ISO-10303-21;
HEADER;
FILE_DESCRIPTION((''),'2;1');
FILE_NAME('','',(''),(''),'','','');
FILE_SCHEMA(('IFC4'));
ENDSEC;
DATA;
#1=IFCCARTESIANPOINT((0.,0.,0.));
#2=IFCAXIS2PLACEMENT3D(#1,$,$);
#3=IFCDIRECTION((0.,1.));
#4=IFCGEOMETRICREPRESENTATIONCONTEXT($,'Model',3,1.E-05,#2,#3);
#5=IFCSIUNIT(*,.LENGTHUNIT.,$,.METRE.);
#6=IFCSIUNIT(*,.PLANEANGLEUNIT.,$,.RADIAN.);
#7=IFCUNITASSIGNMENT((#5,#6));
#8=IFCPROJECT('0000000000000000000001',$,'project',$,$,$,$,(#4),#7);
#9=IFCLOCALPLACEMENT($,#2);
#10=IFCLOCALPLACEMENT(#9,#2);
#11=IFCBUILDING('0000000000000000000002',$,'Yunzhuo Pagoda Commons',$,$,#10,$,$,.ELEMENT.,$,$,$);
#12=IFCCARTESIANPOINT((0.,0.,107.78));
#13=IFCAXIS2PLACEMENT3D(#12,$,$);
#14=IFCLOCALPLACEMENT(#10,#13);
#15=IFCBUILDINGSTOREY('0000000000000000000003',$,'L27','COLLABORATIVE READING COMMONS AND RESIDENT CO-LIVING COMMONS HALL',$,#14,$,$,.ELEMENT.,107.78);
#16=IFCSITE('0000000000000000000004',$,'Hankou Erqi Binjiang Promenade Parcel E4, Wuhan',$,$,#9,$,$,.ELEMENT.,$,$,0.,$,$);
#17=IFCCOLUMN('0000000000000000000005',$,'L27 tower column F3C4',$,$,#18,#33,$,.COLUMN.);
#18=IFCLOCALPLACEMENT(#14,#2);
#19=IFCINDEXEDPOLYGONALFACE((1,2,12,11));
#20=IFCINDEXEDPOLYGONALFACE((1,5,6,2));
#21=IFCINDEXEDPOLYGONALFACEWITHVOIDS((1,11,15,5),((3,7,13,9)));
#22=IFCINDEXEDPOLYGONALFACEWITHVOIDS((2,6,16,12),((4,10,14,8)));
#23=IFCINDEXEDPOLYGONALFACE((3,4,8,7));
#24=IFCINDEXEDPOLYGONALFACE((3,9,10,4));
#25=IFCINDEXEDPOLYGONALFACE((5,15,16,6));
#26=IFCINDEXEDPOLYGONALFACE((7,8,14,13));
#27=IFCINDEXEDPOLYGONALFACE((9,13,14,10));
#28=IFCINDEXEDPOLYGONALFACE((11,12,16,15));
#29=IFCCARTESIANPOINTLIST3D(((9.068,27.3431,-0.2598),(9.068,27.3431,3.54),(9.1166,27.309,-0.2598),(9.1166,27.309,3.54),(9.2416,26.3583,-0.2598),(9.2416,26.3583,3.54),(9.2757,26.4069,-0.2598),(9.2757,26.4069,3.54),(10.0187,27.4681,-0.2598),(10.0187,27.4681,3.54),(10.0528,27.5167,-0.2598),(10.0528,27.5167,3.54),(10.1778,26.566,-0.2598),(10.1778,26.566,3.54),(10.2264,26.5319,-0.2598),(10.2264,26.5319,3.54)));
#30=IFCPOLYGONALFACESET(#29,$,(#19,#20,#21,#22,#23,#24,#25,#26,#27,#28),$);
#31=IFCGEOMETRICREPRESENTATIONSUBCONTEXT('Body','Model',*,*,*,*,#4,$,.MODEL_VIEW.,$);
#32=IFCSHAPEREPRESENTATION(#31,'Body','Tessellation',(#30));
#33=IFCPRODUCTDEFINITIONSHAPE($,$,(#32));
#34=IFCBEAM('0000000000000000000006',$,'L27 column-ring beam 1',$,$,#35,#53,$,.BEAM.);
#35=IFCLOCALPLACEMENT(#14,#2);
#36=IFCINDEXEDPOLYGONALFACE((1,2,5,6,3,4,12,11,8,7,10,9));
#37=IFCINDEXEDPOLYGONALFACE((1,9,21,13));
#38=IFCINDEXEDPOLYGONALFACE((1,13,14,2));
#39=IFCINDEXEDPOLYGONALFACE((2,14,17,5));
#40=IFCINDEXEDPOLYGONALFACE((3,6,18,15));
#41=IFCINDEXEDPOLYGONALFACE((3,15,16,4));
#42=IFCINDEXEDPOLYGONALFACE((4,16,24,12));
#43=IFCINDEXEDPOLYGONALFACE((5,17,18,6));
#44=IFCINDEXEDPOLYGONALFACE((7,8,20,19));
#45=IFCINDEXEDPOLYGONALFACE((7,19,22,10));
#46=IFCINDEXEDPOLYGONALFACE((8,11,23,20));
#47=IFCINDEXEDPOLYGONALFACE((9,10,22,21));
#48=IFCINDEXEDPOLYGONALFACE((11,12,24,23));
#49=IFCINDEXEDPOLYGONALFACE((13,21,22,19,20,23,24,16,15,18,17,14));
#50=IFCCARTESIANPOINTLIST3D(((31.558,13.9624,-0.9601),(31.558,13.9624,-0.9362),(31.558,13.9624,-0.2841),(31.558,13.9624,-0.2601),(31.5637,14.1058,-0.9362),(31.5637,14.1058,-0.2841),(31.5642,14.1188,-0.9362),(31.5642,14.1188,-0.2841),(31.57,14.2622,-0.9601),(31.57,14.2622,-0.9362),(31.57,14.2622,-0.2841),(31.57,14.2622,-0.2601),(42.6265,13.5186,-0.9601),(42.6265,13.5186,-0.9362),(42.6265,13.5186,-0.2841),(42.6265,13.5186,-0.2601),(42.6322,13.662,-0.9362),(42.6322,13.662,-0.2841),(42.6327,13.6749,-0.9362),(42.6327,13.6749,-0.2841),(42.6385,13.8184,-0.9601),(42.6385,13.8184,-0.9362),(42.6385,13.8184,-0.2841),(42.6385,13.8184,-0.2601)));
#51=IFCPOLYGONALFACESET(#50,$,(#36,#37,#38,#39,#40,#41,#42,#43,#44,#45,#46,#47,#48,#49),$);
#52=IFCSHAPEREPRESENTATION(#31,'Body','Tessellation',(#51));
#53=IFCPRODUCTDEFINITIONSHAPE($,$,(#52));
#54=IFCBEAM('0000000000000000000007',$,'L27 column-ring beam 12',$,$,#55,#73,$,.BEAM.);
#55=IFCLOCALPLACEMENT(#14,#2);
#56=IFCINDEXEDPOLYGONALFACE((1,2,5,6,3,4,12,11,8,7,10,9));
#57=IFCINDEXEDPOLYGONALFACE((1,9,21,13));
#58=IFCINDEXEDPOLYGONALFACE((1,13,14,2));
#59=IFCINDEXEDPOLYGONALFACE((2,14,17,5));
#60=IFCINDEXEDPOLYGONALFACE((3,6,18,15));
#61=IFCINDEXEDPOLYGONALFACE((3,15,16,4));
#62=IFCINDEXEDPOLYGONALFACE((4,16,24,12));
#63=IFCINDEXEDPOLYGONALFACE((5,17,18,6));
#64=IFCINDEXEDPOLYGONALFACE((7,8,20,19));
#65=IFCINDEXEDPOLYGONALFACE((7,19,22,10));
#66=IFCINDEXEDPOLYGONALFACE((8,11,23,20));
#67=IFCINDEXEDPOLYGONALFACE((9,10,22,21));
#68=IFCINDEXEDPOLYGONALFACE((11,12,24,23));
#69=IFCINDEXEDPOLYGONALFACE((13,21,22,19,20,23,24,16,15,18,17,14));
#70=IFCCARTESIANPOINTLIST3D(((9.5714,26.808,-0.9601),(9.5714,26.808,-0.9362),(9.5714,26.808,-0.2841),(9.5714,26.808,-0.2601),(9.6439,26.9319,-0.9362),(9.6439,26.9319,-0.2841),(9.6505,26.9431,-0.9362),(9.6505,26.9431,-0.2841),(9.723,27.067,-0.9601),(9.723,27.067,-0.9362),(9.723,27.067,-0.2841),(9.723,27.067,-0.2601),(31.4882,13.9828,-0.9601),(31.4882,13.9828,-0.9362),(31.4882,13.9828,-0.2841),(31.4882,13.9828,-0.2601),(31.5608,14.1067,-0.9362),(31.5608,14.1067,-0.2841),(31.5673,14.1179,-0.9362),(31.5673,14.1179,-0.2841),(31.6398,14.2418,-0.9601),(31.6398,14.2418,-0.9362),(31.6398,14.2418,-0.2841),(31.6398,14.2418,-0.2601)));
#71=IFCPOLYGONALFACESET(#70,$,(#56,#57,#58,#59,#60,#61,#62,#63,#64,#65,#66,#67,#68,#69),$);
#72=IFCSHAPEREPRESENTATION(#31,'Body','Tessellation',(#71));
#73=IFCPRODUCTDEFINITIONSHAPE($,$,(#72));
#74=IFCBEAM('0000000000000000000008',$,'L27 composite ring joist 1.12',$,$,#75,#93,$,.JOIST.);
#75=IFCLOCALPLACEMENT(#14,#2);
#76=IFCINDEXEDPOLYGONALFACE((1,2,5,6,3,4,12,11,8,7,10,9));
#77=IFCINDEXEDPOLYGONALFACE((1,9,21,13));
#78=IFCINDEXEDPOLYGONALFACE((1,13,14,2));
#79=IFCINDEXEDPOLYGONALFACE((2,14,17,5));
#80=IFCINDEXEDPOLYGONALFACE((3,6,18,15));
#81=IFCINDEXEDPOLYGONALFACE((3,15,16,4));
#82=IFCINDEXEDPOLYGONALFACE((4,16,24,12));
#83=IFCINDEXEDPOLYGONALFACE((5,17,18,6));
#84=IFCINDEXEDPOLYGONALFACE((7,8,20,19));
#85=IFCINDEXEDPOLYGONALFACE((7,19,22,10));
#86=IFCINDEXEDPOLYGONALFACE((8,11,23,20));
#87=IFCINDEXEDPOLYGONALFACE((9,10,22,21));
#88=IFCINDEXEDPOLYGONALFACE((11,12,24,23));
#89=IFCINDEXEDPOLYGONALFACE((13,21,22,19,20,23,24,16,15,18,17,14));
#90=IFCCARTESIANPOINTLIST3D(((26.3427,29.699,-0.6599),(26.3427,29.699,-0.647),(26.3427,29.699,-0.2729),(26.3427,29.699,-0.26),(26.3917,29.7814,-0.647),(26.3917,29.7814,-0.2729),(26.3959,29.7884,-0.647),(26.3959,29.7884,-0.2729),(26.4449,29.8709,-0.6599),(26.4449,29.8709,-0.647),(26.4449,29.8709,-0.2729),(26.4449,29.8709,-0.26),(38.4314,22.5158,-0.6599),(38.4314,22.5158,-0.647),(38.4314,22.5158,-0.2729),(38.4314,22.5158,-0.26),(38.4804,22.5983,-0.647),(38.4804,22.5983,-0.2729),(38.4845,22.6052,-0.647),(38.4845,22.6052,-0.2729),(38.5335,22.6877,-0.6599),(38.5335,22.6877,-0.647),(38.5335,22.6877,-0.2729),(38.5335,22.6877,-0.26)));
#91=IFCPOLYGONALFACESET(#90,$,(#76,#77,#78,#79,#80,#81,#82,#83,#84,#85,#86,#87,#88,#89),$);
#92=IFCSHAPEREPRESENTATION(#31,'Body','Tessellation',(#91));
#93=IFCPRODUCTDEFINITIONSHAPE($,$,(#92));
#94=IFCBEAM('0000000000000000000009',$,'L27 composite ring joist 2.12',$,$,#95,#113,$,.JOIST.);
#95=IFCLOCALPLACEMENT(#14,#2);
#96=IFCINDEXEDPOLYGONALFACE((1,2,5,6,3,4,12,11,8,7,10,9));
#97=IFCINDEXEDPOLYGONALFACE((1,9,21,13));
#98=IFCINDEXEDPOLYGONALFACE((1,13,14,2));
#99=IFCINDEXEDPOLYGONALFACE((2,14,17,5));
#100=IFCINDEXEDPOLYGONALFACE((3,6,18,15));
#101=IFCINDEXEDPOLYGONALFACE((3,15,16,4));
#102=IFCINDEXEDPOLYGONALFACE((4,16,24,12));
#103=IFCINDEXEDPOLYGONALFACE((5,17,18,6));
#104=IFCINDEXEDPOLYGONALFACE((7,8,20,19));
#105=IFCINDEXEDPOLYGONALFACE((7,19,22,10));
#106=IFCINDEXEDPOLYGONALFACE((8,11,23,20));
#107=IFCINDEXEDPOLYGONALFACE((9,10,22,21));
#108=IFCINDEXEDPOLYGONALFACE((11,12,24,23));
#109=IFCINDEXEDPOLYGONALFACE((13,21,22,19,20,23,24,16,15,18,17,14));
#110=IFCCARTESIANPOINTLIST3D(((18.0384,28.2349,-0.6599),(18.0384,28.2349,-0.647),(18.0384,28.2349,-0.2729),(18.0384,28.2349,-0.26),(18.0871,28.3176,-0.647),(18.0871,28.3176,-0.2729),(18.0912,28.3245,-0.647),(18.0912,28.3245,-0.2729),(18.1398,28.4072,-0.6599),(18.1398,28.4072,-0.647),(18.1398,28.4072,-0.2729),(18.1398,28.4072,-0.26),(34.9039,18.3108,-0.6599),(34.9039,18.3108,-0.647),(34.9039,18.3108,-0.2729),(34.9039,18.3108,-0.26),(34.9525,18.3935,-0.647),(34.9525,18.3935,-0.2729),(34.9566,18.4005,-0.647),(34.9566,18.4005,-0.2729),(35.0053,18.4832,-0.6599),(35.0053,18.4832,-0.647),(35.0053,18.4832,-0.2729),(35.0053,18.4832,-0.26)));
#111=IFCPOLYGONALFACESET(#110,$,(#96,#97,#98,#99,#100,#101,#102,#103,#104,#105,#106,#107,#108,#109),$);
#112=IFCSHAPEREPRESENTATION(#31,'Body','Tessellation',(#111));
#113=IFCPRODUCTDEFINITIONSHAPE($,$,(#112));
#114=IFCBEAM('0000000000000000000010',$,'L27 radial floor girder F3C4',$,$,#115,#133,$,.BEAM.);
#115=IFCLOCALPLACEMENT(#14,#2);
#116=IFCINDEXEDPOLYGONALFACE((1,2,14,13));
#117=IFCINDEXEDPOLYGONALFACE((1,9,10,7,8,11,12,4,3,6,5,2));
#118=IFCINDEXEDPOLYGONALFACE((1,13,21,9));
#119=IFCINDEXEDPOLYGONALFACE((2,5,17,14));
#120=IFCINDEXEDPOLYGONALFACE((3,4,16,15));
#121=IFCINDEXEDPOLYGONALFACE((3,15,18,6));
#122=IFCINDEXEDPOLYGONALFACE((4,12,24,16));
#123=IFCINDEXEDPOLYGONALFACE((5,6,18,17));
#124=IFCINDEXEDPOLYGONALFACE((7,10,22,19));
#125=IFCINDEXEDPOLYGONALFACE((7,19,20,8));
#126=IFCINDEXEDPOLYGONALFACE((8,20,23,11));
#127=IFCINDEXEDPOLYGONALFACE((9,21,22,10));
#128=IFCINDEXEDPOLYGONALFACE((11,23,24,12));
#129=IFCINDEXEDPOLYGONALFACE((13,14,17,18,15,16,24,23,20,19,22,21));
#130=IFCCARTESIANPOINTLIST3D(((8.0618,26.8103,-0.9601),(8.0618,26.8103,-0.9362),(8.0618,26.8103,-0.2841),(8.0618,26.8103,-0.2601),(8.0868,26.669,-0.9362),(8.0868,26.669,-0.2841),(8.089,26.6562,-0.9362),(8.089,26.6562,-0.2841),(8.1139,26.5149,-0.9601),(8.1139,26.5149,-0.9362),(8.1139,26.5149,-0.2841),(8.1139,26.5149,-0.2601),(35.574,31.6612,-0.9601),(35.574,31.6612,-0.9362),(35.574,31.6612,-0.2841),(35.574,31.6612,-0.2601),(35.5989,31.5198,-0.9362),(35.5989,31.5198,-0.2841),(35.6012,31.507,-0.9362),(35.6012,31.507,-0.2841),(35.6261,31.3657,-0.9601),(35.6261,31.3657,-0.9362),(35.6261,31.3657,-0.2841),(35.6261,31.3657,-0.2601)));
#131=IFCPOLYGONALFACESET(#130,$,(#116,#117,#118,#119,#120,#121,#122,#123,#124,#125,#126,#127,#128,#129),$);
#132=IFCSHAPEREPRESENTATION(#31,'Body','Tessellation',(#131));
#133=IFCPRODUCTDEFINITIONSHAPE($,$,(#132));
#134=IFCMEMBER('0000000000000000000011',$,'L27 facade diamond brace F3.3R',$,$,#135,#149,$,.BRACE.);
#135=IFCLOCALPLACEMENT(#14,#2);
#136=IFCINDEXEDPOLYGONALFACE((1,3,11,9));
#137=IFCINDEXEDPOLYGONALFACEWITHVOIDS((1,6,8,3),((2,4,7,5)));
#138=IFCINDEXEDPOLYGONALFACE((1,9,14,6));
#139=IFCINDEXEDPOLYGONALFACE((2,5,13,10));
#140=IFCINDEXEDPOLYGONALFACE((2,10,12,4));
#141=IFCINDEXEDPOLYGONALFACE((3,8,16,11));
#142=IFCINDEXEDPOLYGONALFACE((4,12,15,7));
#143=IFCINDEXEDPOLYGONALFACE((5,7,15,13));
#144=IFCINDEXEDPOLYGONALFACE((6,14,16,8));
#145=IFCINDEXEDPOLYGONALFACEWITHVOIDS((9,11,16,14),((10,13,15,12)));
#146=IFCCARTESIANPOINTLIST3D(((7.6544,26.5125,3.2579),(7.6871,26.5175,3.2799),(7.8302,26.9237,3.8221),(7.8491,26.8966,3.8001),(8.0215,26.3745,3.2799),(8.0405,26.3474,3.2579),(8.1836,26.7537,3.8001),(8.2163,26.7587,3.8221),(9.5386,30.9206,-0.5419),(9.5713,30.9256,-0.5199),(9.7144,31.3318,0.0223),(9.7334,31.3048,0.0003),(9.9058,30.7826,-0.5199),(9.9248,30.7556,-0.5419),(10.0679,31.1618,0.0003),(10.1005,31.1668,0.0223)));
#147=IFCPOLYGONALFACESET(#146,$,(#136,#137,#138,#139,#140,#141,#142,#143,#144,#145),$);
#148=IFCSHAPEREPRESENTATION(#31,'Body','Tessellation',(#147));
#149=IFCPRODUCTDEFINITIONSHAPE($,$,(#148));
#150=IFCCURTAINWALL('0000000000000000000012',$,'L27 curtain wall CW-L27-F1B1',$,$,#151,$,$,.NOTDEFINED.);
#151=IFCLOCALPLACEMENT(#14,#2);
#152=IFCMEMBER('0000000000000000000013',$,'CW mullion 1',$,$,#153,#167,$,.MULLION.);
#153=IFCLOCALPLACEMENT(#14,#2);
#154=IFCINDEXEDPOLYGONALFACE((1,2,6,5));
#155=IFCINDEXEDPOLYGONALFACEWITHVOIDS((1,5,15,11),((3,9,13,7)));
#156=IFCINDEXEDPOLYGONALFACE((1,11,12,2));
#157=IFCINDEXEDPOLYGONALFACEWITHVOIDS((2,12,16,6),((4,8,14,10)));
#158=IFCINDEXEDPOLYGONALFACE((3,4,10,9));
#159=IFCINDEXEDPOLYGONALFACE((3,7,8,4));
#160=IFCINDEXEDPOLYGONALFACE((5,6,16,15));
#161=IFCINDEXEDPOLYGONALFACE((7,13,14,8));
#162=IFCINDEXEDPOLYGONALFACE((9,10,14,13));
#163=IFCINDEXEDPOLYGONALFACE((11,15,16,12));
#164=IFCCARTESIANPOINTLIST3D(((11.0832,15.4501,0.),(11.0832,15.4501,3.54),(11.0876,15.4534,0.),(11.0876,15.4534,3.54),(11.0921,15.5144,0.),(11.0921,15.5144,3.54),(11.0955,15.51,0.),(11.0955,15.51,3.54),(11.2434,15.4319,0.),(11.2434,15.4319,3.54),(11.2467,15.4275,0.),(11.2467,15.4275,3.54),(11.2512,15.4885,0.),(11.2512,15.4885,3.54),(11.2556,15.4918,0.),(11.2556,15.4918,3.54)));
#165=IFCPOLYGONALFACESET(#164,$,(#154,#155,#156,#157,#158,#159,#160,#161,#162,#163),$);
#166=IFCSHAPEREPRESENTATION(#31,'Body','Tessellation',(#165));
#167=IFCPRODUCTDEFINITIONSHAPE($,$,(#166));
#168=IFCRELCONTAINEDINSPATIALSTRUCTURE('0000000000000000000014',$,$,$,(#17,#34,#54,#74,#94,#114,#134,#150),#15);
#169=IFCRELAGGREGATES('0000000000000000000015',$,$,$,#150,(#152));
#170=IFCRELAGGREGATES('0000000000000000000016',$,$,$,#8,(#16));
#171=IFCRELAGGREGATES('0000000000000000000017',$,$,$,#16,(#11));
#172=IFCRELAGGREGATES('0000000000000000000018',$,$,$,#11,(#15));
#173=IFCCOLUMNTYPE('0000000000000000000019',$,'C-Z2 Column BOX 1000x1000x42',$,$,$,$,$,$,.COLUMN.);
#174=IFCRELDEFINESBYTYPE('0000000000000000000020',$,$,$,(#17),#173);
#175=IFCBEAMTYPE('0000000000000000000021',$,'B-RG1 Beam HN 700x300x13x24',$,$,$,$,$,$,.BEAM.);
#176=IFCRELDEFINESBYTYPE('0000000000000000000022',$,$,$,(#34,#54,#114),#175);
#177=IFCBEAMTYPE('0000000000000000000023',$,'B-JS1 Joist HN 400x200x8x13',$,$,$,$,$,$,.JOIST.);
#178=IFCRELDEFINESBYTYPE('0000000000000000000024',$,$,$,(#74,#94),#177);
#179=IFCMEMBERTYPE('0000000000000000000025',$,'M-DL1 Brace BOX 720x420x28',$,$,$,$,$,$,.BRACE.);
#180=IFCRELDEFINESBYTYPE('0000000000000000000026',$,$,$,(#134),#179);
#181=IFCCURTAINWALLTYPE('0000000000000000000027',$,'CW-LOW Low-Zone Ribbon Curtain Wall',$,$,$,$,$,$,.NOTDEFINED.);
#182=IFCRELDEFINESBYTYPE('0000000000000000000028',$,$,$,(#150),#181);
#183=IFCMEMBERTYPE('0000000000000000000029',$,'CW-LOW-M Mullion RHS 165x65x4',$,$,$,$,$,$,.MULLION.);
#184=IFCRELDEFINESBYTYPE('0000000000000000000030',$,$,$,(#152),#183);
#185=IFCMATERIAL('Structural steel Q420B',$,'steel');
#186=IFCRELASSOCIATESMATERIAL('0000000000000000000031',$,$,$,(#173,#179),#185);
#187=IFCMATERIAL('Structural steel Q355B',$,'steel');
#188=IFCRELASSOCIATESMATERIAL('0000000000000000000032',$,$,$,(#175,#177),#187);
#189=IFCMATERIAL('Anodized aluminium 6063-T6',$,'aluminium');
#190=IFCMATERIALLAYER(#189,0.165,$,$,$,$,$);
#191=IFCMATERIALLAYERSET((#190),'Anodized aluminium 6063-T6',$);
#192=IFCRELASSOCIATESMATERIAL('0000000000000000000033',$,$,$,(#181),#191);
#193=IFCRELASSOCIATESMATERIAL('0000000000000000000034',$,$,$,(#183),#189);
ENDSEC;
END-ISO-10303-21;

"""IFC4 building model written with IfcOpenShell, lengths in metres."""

from ifc_helpers import new_model, si_unit, direction, frame, origin, origin_2d, place, context, subcontext, project, spatial, hollow_rectangle, i_section, extrude, source, transform, mapped, material, layer, layer_set, material_profile, profile_set, type_object, element, aggregate, save


model = new_model("IFC4")

# Units and contexts
model_context = context("Model", 3, precision=1e-05, world=origin(), true_north=direction((0.0, 1.0)))
body_context = subcontext(model_context, "Body", "Model", "MODEL_VIEW")
ifc_project = project(units=[si_unit("LENGTHUNIT", "METRE"), si_unit("PLANEANGLEUNIT", "RADIAN")], contexts=[model_context])

# Site, building, storey
site_placement = place(None, origin())
site = spatial("IfcSite", under=ifc_project, at=site_placement, Name="Hankou Erqi Binjiang Promenade Parcel E4, Wuhan", CompositionType="ELEMENT", RefElevation=0.0)
building_placement = place(site_placement, origin())
building = spatial("IfcBuilding", under=site, at=building_placement, Name="Yunzhuo Pagoda Commons", CompositionType="ELEMENT")
storey_placement = place(building_placement, frame((0.0, 0.0, 107.78)))
storey = spatial("IfcBuildingStorey", under=building, at=storey_placement, Name="L27", Description="COLLABORATIVE READING COMMONS AND RESIDENT CO-LIVING COMMONS HALL", CompositionType="ELEMENT", Elevation=107.78)

# Column
ifc_material_1 = material(Name="Structural steel Q420B", Category="steel")
ifc_material_profile_1 = material_profile(ifc_material_1, hollow_rectangle(XDim=1.0, YDim=1.0, WallThickness=0.042, at=origin_2d()), Name="Structural steel Q420B")
ifc_profile_set_1 = profile_set([ifc_material_profile_1], Name="Structural steel Q420B")
column_type = type_object("IfcColumnType", Name="C-Z2 Column BOX 1000x1000x42", PredefinedType="COLUMN", material=ifc_profile_set_1)
shared_shape_1 = source(origin(), body_context, "Body", "SweptSolid", [
    extrude(hollow_rectangle(XDim=1.0, YDim=1.0, WallThickness=0.042, at=origin_2d()), origin(), (0.0, 0.0, 1.0), 3.7998),
])
column_placement = place(storey_placement, frame((9.6472, 26.9375, -0.2598), z_axis=(0.0, 0.0, 1.0), x_axis=(0.173648, -0.984808, 0.0)))
element("IfcColumn", 1, at=column_placement, inside=storey, type_object=column_type, Name="L27 tower column F3C4", PredefinedType="COLUMN", context=body_context, shape_type="MappedRepresentation", body=[
    mapped(shared_shape_1, transform((0.0, 0.0, 0.0), scale=1.0)),
])

# Beams
ifc_material_2 = material(Name="Structural steel Q355B", Category="steel")
ifc_material_profile_2 = material_profile(ifc_material_2, i_section(OverallWidth=0.3, OverallDepth=0.7, WebThickness=0.0129, FlangeThickness=0.0239, at=origin_2d()), Name="Structural steel Q355B")
ifc_profile_set_2 = profile_set([ifc_material_profile_2], Name="Structural steel Q355B")
beam_type_1 = type_object("IfcBeamType", Name="B-RG1 Beam HN 700x300x13x24", PredefinedType="BEAM", material=ifc_profile_set_2)
shared_shape_2 = source(origin(), body_context, "Body", "SweptSolid", [
    extrude(i_section(OverallWidth=0.3, OverallDepth=0.7, WebThickness=0.0129, FlangeThickness=0.0239, at=origin_2d()), origin(), (0.0, 0.0, 1.0), 11.0774),
])
beam_1_placement = place(storey_placement, frame((31.564, 14.1123, -0.6101), z_axis=(0.999197, -0.040067, 0.0), x_axis=(0.040067, 0.999197, 0.0)))
element("IfcBeam", 2, at=beam_1_placement, inside=storey, type_object=beam_type_1, Name="L27 column-ring beam 1", PredefinedType="BEAM", context=body_context, shape_type="MappedRepresentation", body=[
    mapped(shared_shape_2, transform((0.0, 0.0, 0.0), scale=1.0)),
])
shared_shape_3 = source(origin(), body_context, "Body", "SweptSolid", [
    extrude(i_section(OverallWidth=0.3, OverallDepth=0.7, WebThickness=0.0129, FlangeThickness=0.0239, at=origin_2d()), origin(), (0.0, 0.0, 1.0), 25.3936),
])
beam_2_placement = place(storey_placement, frame((9.6472, 26.9375, -0.6101), z_axis=(0.863085, -0.505058, 0.0), x_axis=(0.505058, 0.863085, 0.0)))
element("IfcBeam", 3, at=beam_2_placement, inside=storey, type_object=beam_type_1, Name="L27 column-ring beam 12", PredefinedType="BEAM", context=body_context, shape_type="MappedRepresentation", body=[
    mapped(shared_shape_3, transform((0.0, 0.0, 0.0), scale=1.0)),
])
ifc_material_profile_3 = material_profile(ifc_material_2, i_section(OverallWidth=0.2, OverallDepth=0.3999, WebThickness=0.0081, FlangeThickness=0.0129, at=origin_2d()), Name="Structural steel Q355B")
ifc_profile_set_3 = profile_set([ifc_material_profile_3], Name="Structural steel Q355B")
beam_type_2 = type_object("IfcBeamType", Name="B-JS1 Joist HN 400x200x8x13", PredefinedType="JOIST", material=ifc_profile_set_3)
shared_shape_4 = source(origin(), body_context, "Body", "SweptSolid", [
    extrude(i_section(OverallWidth=0.2, OverallDepth=0.3999, WebThickness=0.0081, FlangeThickness=0.0129, at=origin_2d()), origin(), (0.0, 0.0, 1.0), 14.0618),
])
beam_3_placement = place(storey_placement, frame((26.3938, 29.7849, -0.46), z_axis=(0.859683, -0.510827, 0.0), x_axis=(0.510827, 0.859683, 0.0)))
element("IfcBeam", 4, at=beam_3_placement, inside=storey, type_object=beam_type_2, Name="L27 composite ring joist 1.12", PredefinedType="JOIST", context=body_context, shape_type="MappedRepresentation", body=[
    mapped(shared_shape_4, transform((0.0, 0.0, 0.0), scale=1.0)),
])
shared_shape_5 = source(origin(), body_context, "Body", "SweptSolid", [
    extrude(i_section(OverallWidth=0.2, OverallDepth=0.3999, WebThickness=0.0081, FlangeThickness=0.0129, at=origin_2d()), origin(), (0.0, 0.0, 1.0), 19.5686),
])
beam_4_placement = place(storey_placement, frame((18.0891, 28.321, -0.46), z_axis=(0.861863, -0.507142, 0.0), x_axis=(0.507142, 0.861863, 0.0)))
element("IfcBeam", 5, at=beam_4_placement, inside=storey, type_object=beam_type_2, Name="L27 composite ring joist 2.12", PredefinedType="JOIST", context=body_context, shape_type="MappedRepresentation", body=[
    mapped(shared_shape_5, transform((0.0, 0.0, 0.0), scale=1.0)),
])
shared_shape_6 = source(origin(), body_context, "Body", "SweptSolid", [
    extrude(i_section(OverallWidth=0.3, OverallDepth=0.7, WebThickness=0.0129, FlangeThickness=0.0239, at=origin_2d()), origin(), (0.0, 0.0, 1.0), 27.9365),
])
beam_5_placement = place(storey_placement, frame((8.0879, 26.6626, -0.6101), z_axis=(0.98481, 0.173637, 0.0), x_axis=(-0.173637, 0.98481, 0.0)))
element("IfcBeam", 6, at=beam_5_placement, inside=storey, type_object=beam_type_1, Name="L27 radial floor girder F3C4", PredefinedType="BEAM", context=body_context, shape_type="MappedRepresentation", body=[
    mapped(shared_shape_6, transform((0.0, 0.0, 0.0), scale=1.0)),
])

# Member
ifc_material_profile_4 = material_profile(ifc_material_1, hollow_rectangle(XDim=0.4199, YDim=0.72, WallThickness=0.0281, at=origin_2d()), Name="Structural steel Q420B")
ifc_profile_set_4 = profile_set([ifc_material_profile_4], Name="Structural steel Q420B")
member_type_1 = type_object("IfcMemberType", Name="M-DL1 Brace BOX 720x420x28", PredefinedType="BRACE", material=ifc_profile_set_4)
shared_shape_7 = source(origin(), body_context, "Body", "SweptSolid", [
    extrude(hollow_rectangle(XDim=0.4199, YDim=0.72, WallThickness=0.0281, at=origin_2d()), origin(), (0.0, 0.0, 1.0), 6.1172),
])
member_1_placement = place(storey_placement, frame((9.8196, 31.0437, -0.2598), z_axis=(-0.308025, -0.720613, 0.621158), x_axis=(0.919519, -0.393046, 0.0)))
element("IfcMember", 7, at=member_1_placement, inside=storey, type_object=member_type_1, Name="L27 facade diamond brace F3.3R", PredefinedType="BRACE", context=body_context, shape_type="MappedRepresentation", body=[
    mapped(shared_shape_7, transform((0.0, 0.0, 0.0), scale=1.0)),
])

# Curtain wall, member
ifc_material_3 = material(Name="Anodized aluminium 6063-T6", Category="aluminium")
ifc_layer_1 = layer(ifc_material_3, 0.165)
ifc_layer_set_1 = layer_set([ifc_layer_1], Name="Anodized aluminium 6063-T6")
curtain_wall_type = type_object("IfcCurtainWallType", Name="CW-LOW Low-Zone Ribbon Curtain Wall", PredefinedType="NOTDEFINED", material=ifc_layer_set_1)
curtain_wall_1_placement = place(storey_placement, origin())
curtain_wall_1 = element("IfcCurtainWall", 8, at=curtain_wall_1_placement, inside=storey, type_object=curtain_wall_type, Name="L27 curtain wall CW-L27-F1B1", PredefinedType="NOTDEFINED")
ifc_material_profile_5 = material_profile(ifc_material_3, hollow_rectangle(XDim=0.0649, YDim=0.165, WallThickness=0.0039, at=origin_2d()), Name="Anodized aluminium 6063-T6")
ifc_profile_set_5 = profile_set([ifc_material_profile_5], Name="Anodized aluminium 6063-T6")
member_type_2 = type_object("IfcMemberType", Name="CW-LOW-M Mullion RHS 165x65x4", PredefinedType="MULLION", material=ifc_profile_set_5)
shared_shape_8 = source(origin(), body_context, "Body", "SweptSolid", [
    extrude(hollow_rectangle(XDim=0.0649, YDim=0.165, WallThickness=0.0039, at=origin_2d()), origin(), (0.0, 0.0, 1.0), 3.54),
])
member_2_placement = place(storey_placement, frame((11.1694, 15.4709, 0.0), z_axis=(0.0, 0.0, 1.0), x_axis=(0.137082, 0.99056, 0.0)))
member_2 = element("IfcMember", 9, at=member_2_placement, type_object=member_type_2, Name="CW mullion 1", PredefinedType="MULLION", context=body_context, shape_type="MappedRepresentation", body=[
    mapped(shared_shape_8, transform((0.0, 0.0, 0.0), scale=1.0)),
])

aggregate(curtain_wall_1, [member_2])

save(model, "model.ifc")
